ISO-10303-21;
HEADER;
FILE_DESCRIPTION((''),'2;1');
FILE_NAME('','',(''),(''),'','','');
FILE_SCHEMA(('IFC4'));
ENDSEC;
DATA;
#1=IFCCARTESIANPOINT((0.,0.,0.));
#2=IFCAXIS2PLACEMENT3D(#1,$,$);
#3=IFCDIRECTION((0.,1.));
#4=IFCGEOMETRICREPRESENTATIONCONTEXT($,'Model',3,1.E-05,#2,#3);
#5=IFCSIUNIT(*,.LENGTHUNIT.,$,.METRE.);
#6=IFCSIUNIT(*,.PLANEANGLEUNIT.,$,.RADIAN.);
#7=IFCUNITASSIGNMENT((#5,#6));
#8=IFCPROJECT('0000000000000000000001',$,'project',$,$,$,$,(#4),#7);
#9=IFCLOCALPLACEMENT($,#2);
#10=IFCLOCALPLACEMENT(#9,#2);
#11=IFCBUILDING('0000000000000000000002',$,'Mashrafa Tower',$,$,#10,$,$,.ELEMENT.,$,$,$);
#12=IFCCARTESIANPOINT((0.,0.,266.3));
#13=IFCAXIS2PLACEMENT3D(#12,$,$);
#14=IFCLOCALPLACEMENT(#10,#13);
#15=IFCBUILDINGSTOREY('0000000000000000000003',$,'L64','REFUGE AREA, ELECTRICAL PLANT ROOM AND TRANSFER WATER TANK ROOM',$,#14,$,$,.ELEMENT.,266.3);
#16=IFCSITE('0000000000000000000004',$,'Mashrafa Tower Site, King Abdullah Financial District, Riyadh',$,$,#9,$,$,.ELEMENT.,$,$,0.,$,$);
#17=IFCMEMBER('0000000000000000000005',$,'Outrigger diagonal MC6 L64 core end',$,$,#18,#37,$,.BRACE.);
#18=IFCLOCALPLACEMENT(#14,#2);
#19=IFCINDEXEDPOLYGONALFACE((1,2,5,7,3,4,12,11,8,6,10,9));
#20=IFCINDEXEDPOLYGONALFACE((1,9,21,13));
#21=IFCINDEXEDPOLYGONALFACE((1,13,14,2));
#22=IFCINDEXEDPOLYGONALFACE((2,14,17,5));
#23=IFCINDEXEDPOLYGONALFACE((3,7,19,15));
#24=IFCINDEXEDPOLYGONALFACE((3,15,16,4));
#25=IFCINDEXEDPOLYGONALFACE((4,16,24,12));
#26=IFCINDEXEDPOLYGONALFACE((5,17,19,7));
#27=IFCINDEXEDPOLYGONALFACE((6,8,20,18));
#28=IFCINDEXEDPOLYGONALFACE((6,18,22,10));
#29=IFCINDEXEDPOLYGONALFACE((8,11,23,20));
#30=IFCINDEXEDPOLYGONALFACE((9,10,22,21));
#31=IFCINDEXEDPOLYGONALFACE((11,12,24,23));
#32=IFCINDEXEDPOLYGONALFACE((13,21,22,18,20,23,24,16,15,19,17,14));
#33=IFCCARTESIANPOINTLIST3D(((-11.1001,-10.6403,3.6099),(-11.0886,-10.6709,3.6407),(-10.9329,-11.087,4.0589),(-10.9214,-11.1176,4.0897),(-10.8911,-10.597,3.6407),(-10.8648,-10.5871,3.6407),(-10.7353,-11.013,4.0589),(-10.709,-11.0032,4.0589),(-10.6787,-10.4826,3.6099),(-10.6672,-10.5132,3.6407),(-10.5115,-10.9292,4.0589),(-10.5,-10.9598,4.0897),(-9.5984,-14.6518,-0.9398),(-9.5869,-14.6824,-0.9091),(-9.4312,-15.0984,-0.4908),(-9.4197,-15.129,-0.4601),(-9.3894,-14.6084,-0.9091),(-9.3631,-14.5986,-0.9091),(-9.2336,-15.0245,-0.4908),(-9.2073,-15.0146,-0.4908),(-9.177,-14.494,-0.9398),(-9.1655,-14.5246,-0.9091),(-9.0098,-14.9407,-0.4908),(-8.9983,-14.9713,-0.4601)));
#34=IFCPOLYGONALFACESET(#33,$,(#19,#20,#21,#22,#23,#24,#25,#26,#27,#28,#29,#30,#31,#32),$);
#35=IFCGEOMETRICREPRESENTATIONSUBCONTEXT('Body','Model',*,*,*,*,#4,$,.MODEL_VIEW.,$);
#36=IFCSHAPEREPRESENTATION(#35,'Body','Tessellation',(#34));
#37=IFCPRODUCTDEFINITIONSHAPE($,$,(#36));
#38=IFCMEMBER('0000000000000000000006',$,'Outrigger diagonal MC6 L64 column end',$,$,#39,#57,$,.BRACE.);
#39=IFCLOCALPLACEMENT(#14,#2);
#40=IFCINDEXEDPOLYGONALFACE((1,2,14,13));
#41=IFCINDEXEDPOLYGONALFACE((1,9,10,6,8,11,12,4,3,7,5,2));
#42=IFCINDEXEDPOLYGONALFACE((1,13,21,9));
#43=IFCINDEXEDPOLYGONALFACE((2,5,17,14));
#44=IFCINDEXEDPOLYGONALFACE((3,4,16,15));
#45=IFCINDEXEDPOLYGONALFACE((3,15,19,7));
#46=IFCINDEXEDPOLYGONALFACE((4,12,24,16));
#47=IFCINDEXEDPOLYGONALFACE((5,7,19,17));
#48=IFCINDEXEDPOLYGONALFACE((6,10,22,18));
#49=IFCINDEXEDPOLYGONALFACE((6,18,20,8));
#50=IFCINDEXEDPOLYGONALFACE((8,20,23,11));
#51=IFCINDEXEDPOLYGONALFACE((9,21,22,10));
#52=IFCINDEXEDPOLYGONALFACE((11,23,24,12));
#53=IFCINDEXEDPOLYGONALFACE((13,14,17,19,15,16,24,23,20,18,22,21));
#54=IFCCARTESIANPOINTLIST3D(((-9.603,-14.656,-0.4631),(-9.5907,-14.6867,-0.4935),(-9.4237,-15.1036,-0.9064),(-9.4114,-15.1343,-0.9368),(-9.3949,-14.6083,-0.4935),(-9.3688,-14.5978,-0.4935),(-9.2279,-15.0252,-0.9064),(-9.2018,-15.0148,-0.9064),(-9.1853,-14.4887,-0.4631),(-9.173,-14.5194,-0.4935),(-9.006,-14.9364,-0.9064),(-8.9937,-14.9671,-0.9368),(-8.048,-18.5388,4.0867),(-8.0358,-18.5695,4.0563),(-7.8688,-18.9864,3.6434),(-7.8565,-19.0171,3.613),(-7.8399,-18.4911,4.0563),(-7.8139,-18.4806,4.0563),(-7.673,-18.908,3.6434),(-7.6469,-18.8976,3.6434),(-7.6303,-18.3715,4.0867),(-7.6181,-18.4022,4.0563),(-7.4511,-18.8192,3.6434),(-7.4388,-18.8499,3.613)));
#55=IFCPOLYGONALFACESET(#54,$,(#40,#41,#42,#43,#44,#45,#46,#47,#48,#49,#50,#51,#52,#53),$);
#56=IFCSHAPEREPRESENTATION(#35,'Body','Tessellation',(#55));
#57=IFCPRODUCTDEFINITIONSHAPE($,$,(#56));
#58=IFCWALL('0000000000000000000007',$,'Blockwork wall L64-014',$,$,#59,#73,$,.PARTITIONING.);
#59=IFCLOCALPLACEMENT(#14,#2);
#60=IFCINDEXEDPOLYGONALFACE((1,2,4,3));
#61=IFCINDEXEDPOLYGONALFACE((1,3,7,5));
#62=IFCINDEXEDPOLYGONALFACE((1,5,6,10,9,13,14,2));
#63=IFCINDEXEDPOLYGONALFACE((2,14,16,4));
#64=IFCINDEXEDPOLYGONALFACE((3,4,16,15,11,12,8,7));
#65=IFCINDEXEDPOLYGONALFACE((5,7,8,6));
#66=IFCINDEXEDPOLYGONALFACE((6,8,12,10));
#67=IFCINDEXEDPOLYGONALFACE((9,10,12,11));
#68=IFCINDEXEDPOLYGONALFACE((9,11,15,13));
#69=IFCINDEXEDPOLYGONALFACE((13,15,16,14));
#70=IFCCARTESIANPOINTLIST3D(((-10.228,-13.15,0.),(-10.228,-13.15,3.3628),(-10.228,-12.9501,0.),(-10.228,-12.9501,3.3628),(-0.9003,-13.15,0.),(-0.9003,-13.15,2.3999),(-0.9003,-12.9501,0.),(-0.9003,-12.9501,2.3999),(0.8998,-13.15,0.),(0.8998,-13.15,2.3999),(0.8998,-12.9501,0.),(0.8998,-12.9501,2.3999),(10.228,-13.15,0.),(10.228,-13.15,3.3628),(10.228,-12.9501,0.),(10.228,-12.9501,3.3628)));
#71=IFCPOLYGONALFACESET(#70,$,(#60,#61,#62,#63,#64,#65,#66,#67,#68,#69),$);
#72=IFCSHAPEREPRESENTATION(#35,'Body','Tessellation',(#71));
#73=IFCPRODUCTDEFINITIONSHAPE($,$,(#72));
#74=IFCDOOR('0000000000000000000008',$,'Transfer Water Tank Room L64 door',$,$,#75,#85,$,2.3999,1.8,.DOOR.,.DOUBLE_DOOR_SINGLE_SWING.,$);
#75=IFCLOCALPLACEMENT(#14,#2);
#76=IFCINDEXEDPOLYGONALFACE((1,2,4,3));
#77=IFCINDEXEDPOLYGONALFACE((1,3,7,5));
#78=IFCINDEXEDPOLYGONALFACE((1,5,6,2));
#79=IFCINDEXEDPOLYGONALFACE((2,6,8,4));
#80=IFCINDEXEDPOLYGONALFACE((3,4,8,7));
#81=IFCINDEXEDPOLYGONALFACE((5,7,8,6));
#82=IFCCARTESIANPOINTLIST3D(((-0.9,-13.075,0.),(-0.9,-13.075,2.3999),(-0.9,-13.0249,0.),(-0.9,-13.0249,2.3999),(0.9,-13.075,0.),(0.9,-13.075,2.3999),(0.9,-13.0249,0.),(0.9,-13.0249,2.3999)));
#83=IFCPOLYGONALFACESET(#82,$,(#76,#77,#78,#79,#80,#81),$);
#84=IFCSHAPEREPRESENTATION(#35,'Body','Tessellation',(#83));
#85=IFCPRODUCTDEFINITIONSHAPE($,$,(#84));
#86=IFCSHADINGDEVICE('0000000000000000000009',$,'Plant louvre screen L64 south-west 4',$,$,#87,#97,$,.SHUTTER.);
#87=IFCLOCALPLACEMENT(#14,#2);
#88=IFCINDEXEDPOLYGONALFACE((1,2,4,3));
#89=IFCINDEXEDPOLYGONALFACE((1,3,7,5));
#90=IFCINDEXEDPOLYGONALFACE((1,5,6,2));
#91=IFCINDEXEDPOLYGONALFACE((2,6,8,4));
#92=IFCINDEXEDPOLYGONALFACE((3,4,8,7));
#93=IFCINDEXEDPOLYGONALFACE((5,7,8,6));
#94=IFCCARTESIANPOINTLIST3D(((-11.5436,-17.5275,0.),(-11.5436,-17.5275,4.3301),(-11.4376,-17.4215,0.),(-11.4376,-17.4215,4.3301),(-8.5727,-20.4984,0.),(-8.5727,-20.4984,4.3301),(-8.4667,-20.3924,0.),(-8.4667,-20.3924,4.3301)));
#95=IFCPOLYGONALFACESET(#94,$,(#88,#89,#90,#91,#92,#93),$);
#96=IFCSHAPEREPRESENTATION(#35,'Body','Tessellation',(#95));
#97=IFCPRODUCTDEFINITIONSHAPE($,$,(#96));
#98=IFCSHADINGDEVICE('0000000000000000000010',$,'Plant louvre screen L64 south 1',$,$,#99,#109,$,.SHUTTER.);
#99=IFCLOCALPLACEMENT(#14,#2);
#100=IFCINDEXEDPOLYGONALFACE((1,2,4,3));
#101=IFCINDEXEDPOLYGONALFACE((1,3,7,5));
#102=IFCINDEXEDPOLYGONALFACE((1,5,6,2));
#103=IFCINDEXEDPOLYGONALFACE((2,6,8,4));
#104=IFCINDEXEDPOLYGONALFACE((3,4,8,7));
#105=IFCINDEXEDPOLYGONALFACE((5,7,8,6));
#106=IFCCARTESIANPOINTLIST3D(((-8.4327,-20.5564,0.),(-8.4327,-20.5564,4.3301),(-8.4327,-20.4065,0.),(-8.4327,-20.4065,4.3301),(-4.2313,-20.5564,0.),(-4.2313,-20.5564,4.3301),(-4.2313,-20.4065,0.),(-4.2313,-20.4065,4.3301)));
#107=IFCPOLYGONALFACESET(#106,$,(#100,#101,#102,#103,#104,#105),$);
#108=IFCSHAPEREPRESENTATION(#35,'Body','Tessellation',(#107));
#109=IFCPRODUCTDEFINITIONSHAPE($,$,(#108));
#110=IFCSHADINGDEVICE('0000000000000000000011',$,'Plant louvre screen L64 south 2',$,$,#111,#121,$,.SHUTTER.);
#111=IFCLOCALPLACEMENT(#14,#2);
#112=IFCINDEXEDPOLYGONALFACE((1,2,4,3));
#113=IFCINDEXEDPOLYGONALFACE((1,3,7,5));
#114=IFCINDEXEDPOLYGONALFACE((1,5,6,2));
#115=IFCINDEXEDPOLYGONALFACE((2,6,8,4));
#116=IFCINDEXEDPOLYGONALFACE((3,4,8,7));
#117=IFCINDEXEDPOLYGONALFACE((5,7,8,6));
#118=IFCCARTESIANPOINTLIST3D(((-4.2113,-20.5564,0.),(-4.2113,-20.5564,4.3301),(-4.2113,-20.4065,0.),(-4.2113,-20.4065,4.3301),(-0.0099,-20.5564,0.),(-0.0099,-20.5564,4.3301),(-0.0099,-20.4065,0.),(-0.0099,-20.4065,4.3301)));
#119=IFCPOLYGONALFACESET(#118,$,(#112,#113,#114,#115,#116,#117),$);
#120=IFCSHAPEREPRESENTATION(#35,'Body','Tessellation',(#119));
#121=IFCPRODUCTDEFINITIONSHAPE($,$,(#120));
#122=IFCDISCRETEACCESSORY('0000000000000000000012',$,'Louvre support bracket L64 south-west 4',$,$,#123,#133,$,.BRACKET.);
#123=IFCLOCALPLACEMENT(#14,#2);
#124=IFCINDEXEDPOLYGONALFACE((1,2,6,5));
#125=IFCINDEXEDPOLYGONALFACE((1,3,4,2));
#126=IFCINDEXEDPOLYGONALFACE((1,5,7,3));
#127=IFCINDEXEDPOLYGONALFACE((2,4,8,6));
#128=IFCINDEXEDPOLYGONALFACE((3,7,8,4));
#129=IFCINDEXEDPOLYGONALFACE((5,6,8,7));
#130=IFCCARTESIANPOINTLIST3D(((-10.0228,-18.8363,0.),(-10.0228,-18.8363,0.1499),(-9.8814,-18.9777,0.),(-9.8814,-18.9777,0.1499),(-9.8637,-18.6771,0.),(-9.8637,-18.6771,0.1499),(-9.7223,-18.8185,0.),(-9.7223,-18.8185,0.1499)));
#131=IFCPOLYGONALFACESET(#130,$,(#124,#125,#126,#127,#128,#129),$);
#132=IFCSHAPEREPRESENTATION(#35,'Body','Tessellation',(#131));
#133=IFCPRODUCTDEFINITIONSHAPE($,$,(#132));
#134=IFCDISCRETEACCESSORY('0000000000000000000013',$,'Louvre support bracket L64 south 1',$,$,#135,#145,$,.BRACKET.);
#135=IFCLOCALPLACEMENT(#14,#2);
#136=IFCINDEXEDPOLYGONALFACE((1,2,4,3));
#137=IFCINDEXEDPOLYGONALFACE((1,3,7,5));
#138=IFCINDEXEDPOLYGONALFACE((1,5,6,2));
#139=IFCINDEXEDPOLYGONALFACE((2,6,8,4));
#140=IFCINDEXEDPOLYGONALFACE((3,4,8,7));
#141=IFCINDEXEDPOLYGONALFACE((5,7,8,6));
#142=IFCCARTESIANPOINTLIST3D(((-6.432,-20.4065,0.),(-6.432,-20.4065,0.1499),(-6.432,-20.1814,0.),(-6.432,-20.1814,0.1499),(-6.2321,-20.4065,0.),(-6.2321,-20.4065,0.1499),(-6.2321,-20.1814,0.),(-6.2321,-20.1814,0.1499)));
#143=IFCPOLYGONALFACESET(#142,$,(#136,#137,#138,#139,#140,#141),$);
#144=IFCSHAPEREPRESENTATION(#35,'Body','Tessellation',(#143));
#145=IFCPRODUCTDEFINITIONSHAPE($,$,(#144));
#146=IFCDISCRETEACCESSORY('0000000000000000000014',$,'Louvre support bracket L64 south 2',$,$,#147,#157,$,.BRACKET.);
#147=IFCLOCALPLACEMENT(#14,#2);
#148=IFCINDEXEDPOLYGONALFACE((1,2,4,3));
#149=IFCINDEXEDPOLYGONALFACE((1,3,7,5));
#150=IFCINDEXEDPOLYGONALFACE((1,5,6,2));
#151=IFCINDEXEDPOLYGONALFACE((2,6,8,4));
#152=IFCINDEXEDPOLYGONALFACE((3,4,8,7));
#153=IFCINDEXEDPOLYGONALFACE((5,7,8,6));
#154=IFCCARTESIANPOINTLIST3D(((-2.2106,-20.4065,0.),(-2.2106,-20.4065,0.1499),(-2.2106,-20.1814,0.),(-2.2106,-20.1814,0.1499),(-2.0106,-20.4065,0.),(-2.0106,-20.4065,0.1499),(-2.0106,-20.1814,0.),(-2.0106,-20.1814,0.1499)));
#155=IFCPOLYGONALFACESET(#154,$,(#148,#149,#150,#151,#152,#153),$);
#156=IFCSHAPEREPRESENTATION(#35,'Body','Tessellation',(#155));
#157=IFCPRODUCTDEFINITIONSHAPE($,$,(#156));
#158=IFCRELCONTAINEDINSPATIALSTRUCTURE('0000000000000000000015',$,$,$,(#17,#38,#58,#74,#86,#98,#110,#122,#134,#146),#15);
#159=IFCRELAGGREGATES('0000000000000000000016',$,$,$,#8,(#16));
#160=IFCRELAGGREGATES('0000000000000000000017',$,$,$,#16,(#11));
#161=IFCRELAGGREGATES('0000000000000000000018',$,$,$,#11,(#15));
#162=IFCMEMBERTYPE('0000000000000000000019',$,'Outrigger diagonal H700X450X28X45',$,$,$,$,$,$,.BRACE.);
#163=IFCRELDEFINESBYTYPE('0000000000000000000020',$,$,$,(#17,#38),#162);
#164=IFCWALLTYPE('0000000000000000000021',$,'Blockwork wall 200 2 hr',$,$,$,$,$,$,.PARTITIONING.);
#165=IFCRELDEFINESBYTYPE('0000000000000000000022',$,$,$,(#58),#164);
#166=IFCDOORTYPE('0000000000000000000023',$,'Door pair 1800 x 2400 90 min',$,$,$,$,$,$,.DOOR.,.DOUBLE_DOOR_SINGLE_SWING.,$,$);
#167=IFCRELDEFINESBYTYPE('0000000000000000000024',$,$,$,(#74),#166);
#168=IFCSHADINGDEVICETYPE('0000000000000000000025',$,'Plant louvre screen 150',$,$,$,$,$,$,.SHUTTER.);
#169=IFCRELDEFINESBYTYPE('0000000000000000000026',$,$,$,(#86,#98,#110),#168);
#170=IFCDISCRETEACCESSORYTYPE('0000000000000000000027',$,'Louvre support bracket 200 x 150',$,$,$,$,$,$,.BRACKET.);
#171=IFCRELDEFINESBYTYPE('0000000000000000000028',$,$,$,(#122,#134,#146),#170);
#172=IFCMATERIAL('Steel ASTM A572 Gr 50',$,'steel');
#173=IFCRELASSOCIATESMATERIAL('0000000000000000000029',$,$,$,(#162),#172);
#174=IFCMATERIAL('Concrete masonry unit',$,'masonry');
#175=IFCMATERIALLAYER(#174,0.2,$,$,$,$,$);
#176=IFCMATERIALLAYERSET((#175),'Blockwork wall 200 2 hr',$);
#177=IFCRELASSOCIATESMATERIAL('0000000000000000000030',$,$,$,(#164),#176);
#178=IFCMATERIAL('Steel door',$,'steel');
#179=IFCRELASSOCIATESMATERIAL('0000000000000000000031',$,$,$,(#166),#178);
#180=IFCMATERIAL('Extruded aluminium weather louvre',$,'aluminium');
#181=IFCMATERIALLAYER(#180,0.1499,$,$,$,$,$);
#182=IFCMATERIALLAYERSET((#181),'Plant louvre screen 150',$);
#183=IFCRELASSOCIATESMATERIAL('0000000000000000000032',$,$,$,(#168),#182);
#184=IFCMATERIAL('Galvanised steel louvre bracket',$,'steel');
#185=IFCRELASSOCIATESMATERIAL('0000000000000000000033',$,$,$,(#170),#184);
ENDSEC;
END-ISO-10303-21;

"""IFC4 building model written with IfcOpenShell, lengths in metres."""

from ifc_helpers import new_model, si_unit, direction, frame, frame_2d, origin, origin_2d, place, context, subcontext, project, spatial, rectangle, i_section, extrude, source, transform, mapped, material, layer, layer_set, material_profile, profile_set, type_object, type_shapes, element, fill, save


model = new_model("IFC4")

# Units and contexts
model_context = context("Model", 3, precision=1e-05, world=origin(), true_north=direction((0.0, 1.0)))
body_context = subcontext(model_context, "Body", "Model", "MODEL_VIEW")
ifc_project = project(units=[si_unit("LENGTHUNIT", "METRE"), si_unit("PLANEANGLEUNIT", "RADIAN")], contexts=[model_context])

# Site, building, storey
site_placement = place(None, origin())
site = spatial("IfcSite", under=ifc_project, at=site_placement, Name="Mashrafa Tower Site, King Abdullah Financial District, Riyadh", CompositionType="ELEMENT", RefElevation=0.0)
building_placement = place(site_placement, origin())
building = spatial("IfcBuilding", under=site, at=building_placement, Name="Mashrafa Tower", CompositionType="ELEMENT")
storey_placement = place(building_placement, frame((0.0, 0.0, 266.3)))
storey = spatial("IfcBuildingStorey", under=building, at=storey_placement, Name="L64", Description="REFUGE AREA, ELECTRICAL PLANT ROOM AND TRANSFER WATER TANK ROOM", CompositionType="ELEMENT", Elevation=266.3)

# Members
ifc_material_1 = material(Name="Steel ASTM A572 Gr 50", Category="steel")
ifc_material_profile_1 = material_profile(ifc_material_1, i_section(OverallWidth=0.45, OverallDepth=0.7, WebThickness=0.0281, FlangeThickness=0.0449, at=origin_2d()), Name="H700X450X28X45")
ifc_profile_set_1 = profile_set([ifc_material_profile_1], Name="Steel ASTM A572 Gr 50")
member_type_1 = type_object("IfcMemberType", Name="Outrigger diagonal H700X450X28X45", PredefinedType="BRACE", material=ifc_profile_set_1)
shared_shape_1 = source(origin(), body_context, "Body", "SweptSolid", [
    extrude(i_section(OverallWidth=0.45, OverallDepth=0.7, WebThickness=0.0281, FlangeThickness=0.0449, at=origin_2d()), origin(), (0.0, 0.0, 1.0), 6.2488),
])
member_1_placement = place(storey_placement, frame((-9.2983, -14.8115, -0.7), z_axis=(-0.240319, 0.641957, 0.728106), x_axis=(-0.936528, -0.350592, 0.0)))
element("IfcMember", 1, at=member_1_placement, inside=storey, type_object=member_type_1, Name="Outrigger diagonal MC6 L64 core end", PredefinedType="BRACE", context=body_context, shape_type="MappedRepresentation", body=[
    mapped(shared_shape_1, transform((0.0, 0.0, 0.0))),
])
shared_shape_2 = source(origin(), body_context, "Body", "SweptSolid", [
    extrude(i_section(OverallWidth=0.45, OverallDepth=0.7, WebThickness=0.0281, FlangeThickness=0.0449, at=origin_2d()), origin(), (0.0, 0.0, 1.0), 6.1802),
])
type_shapes(member_type_1, [shared_shape_1, shared_shape_2])
member_2_placement = place(storey_placement, frame((-9.2983, -14.8115, -0.7), z_axis=(0.251599, -0.628267, 0.736192), x_axis=(0.928328, 0.371763, 0.0)))
element("IfcMember", 2, at=member_2_placement, inside=storey, type_object=member_type_1, Name="Outrigger diagonal MC6 L64 column end", PredefinedType="BRACE", context=body_context, shape_type="MappedRepresentation", body=[
    mapped(shared_shape_2, transform((0.0, 0.0, 0.0))),
])

# Wall, opening, door
ifc_material_2 = material(Name="Concrete masonry unit", Category="masonry")
ifc_layer_1 = layer(ifc_material_2, 0.2)
ifc_layer_set_1 = layer_set([ifc_layer_1], Name="Blockwork wall 200 2 hr")
wall_type = type_object("IfcWallType", Name="Blockwork wall 200 2 hr", PredefinedType="PARTITIONING", material=ifc_layer_set_1)
wall_placement = place(storey_placement, frame((-10.228, -13.05, 0.0), z_axis=(0.0, 0.0, 1.0), x_axis=(1.0, 0.0, 0.0)))
wall = element("IfcWall", 3, at=wall_placement, inside=storey, type_object=wall_type, Name="Blockwork wall L64-014", PredefinedType="PARTITIONING", context=body_context, shape_type="SweptSolid", body=[
    extrude(rectangle(XDim=20.4561, YDim=0.2, at=frame_2d((10.228, 0.0))), origin(), (0.0, 0.0, 1.0), 3.3628),
])
opening_placement = place(wall_placement, frame((9.3279, 0.0, 0.0)))
opening = element("IfcOpeningElement", 4, at=opening_placement, cuts=wall, PredefinedType="OPENING", context=body_context, shape_type="SweptSolid", body=[
    extrude(rectangle(XDim=1.8, YDim=2.3999, at=frame_2d((0.8999, 1.2))), frame((0.0, 0.1099, 0.0), z_axis=(0.0, -1.0, 0.0), x_axis=(1.0, 0.0, 0.0)), (0.0, 0.0, 1.0), 0.22),
])
ifc_material_3 = material(Name="Steel door", Category="steel")
door_type = type_object("IfcDoorType", Name="Door pair 1800 x 2400 90 min", OperationType="DOUBLE_DOOR_SINGLE_SWING", PredefinedType="DOOR", material=ifc_material_3)
door_placement = place(opening_placement, frame((1.8, 0.0, 0.0), z_axis=(0.0, 0.0, 1.0), x_axis=(-1.0, 0.0, 0.0)))
door = element("IfcDoor", 5, at=door_placement, inside=storey, type_object=door_type, Name="Transfer Water Tank Room L64 door", OperationType="DOUBLE_DOOR_SINGLE_SWING", OverallHeight=2.3999, OverallWidth=1.8, PredefinedType="DOOR", context=body_context, shape_type="SweptSolid", body=[
    extrude(rectangle(XDim=1.8, YDim=2.3999, at=frame_2d((0.8999, 1.2))), frame((0.0, 0.0249, 0.0), z_axis=(0.0, -1.0, 0.0), x_axis=(1.0, 0.0, 0.0)), (0.0, 0.0, 1.0), 0.05),
])
fill(opening, door)

# Shading devices
ifc_material_4 = material(Name="Extruded aluminium weather louvre", Category="aluminium")
ifc_layer_2 = layer(ifc_material_4, 0.1499)
ifc_layer_set_2 = layer_set([ifc_layer_2], Name="Plant louvre screen 150")
shading_device_type = type_object("IfcShadingDeviceType", Name="Plant louvre screen 150", PredefinedType="SHUTTER", material=ifc_layer_set_2)
shared_shape_3 = source(origin(), body_context, "Body", "SweptSolid", [
    extrude(rectangle(XDim=4.2014, YDim=0.1499, at=origin_2d()), origin(), (0.0, 0.0, 1.0), 4.3301),
])
type_shapes(shading_device_type, [shared_shape_3])
for number, where, z_axis, x_axis, name in (
    (6, (-10.0051, -18.96, 0.0), (0.0, 0.0, 1.0), (0.707107, -0.707107, 0.0), "Plant louvre screen L64 south-west 4"),
    (7, (-6.332, -20.4814, 0.0), (0.0, 0.0, 1.0), (1.0, 0.0, 0.0), "Plant louvre screen L64 south 1"),
    (8, (-2.1106, -20.4814, 0.0), (0.0, 0.0, 1.0), (1.0, 0.0, 0.0), "Plant louvre screen L64 south 2"),
):
    element("IfcShadingDevice", number, at=place(storey_placement, frame(where, z_axis=z_axis, x_axis=x_axis)), inside=storey, type_object=shading_device_type, Name=name, PredefinedType="SHUTTER", context=body_context, shape_type="MappedRepresentation", body=[
        mapped(shared_shape_3, transform((0.0, 0.0, 0.0))),
    ])

# Discrete accessories
ifc_material_5 = material(Name="Galvanised steel louvre bracket", Category="steel")
discrete_accessory_type = type_object("IfcDiscreteAccessoryType", Name="Louvre support bracket 200 x 150", PredefinedType="BRACKET", material=ifc_material_5)
shared_shape_4 = source(origin(), body_context, "Body", "SweptSolid", [
    extrude(rectangle(XDim=0.2, YDim=0.2251, at=origin_2d()), origin(), (0.0, 0.0, 1.0), 0.1499),
])
type_shapes(discrete_accessory_type, [shared_shape_4])
for number, where, z_axis, x_axis, name in (
    (9, (-9.8726, -18.8274, 0.0), (0.0, 0.0, 1.0), (0.707107, -0.707107, 0.0), "Louvre support bracket L64 south-west 4"),
    (10, (-6.332, -20.2939, 0.0), (0.0, 0.0, 1.0), (1.0, 0.0, 0.0), "Louvre support bracket L64 south 1"),
    (11, (-2.1106, -20.2939, 0.0), (0.0, 0.0, 1.0), (1.0, 0.0, 0.0), "Louvre support bracket L64 south 2"),
):
    element("IfcDiscreteAccessory", number, at=place(storey_placement, frame(where, z_axis=z_axis, x_axis=x_axis)), inside=storey, type_object=discrete_accessory_type, Name=name, PredefinedType="BRACKET", context=body_context, shape_type="MappedRepresentation", body=[
        mapped(shared_shape_4, transform((0.0, 0.0, 0.0))),
    ])

save(model, "model.ifc")
